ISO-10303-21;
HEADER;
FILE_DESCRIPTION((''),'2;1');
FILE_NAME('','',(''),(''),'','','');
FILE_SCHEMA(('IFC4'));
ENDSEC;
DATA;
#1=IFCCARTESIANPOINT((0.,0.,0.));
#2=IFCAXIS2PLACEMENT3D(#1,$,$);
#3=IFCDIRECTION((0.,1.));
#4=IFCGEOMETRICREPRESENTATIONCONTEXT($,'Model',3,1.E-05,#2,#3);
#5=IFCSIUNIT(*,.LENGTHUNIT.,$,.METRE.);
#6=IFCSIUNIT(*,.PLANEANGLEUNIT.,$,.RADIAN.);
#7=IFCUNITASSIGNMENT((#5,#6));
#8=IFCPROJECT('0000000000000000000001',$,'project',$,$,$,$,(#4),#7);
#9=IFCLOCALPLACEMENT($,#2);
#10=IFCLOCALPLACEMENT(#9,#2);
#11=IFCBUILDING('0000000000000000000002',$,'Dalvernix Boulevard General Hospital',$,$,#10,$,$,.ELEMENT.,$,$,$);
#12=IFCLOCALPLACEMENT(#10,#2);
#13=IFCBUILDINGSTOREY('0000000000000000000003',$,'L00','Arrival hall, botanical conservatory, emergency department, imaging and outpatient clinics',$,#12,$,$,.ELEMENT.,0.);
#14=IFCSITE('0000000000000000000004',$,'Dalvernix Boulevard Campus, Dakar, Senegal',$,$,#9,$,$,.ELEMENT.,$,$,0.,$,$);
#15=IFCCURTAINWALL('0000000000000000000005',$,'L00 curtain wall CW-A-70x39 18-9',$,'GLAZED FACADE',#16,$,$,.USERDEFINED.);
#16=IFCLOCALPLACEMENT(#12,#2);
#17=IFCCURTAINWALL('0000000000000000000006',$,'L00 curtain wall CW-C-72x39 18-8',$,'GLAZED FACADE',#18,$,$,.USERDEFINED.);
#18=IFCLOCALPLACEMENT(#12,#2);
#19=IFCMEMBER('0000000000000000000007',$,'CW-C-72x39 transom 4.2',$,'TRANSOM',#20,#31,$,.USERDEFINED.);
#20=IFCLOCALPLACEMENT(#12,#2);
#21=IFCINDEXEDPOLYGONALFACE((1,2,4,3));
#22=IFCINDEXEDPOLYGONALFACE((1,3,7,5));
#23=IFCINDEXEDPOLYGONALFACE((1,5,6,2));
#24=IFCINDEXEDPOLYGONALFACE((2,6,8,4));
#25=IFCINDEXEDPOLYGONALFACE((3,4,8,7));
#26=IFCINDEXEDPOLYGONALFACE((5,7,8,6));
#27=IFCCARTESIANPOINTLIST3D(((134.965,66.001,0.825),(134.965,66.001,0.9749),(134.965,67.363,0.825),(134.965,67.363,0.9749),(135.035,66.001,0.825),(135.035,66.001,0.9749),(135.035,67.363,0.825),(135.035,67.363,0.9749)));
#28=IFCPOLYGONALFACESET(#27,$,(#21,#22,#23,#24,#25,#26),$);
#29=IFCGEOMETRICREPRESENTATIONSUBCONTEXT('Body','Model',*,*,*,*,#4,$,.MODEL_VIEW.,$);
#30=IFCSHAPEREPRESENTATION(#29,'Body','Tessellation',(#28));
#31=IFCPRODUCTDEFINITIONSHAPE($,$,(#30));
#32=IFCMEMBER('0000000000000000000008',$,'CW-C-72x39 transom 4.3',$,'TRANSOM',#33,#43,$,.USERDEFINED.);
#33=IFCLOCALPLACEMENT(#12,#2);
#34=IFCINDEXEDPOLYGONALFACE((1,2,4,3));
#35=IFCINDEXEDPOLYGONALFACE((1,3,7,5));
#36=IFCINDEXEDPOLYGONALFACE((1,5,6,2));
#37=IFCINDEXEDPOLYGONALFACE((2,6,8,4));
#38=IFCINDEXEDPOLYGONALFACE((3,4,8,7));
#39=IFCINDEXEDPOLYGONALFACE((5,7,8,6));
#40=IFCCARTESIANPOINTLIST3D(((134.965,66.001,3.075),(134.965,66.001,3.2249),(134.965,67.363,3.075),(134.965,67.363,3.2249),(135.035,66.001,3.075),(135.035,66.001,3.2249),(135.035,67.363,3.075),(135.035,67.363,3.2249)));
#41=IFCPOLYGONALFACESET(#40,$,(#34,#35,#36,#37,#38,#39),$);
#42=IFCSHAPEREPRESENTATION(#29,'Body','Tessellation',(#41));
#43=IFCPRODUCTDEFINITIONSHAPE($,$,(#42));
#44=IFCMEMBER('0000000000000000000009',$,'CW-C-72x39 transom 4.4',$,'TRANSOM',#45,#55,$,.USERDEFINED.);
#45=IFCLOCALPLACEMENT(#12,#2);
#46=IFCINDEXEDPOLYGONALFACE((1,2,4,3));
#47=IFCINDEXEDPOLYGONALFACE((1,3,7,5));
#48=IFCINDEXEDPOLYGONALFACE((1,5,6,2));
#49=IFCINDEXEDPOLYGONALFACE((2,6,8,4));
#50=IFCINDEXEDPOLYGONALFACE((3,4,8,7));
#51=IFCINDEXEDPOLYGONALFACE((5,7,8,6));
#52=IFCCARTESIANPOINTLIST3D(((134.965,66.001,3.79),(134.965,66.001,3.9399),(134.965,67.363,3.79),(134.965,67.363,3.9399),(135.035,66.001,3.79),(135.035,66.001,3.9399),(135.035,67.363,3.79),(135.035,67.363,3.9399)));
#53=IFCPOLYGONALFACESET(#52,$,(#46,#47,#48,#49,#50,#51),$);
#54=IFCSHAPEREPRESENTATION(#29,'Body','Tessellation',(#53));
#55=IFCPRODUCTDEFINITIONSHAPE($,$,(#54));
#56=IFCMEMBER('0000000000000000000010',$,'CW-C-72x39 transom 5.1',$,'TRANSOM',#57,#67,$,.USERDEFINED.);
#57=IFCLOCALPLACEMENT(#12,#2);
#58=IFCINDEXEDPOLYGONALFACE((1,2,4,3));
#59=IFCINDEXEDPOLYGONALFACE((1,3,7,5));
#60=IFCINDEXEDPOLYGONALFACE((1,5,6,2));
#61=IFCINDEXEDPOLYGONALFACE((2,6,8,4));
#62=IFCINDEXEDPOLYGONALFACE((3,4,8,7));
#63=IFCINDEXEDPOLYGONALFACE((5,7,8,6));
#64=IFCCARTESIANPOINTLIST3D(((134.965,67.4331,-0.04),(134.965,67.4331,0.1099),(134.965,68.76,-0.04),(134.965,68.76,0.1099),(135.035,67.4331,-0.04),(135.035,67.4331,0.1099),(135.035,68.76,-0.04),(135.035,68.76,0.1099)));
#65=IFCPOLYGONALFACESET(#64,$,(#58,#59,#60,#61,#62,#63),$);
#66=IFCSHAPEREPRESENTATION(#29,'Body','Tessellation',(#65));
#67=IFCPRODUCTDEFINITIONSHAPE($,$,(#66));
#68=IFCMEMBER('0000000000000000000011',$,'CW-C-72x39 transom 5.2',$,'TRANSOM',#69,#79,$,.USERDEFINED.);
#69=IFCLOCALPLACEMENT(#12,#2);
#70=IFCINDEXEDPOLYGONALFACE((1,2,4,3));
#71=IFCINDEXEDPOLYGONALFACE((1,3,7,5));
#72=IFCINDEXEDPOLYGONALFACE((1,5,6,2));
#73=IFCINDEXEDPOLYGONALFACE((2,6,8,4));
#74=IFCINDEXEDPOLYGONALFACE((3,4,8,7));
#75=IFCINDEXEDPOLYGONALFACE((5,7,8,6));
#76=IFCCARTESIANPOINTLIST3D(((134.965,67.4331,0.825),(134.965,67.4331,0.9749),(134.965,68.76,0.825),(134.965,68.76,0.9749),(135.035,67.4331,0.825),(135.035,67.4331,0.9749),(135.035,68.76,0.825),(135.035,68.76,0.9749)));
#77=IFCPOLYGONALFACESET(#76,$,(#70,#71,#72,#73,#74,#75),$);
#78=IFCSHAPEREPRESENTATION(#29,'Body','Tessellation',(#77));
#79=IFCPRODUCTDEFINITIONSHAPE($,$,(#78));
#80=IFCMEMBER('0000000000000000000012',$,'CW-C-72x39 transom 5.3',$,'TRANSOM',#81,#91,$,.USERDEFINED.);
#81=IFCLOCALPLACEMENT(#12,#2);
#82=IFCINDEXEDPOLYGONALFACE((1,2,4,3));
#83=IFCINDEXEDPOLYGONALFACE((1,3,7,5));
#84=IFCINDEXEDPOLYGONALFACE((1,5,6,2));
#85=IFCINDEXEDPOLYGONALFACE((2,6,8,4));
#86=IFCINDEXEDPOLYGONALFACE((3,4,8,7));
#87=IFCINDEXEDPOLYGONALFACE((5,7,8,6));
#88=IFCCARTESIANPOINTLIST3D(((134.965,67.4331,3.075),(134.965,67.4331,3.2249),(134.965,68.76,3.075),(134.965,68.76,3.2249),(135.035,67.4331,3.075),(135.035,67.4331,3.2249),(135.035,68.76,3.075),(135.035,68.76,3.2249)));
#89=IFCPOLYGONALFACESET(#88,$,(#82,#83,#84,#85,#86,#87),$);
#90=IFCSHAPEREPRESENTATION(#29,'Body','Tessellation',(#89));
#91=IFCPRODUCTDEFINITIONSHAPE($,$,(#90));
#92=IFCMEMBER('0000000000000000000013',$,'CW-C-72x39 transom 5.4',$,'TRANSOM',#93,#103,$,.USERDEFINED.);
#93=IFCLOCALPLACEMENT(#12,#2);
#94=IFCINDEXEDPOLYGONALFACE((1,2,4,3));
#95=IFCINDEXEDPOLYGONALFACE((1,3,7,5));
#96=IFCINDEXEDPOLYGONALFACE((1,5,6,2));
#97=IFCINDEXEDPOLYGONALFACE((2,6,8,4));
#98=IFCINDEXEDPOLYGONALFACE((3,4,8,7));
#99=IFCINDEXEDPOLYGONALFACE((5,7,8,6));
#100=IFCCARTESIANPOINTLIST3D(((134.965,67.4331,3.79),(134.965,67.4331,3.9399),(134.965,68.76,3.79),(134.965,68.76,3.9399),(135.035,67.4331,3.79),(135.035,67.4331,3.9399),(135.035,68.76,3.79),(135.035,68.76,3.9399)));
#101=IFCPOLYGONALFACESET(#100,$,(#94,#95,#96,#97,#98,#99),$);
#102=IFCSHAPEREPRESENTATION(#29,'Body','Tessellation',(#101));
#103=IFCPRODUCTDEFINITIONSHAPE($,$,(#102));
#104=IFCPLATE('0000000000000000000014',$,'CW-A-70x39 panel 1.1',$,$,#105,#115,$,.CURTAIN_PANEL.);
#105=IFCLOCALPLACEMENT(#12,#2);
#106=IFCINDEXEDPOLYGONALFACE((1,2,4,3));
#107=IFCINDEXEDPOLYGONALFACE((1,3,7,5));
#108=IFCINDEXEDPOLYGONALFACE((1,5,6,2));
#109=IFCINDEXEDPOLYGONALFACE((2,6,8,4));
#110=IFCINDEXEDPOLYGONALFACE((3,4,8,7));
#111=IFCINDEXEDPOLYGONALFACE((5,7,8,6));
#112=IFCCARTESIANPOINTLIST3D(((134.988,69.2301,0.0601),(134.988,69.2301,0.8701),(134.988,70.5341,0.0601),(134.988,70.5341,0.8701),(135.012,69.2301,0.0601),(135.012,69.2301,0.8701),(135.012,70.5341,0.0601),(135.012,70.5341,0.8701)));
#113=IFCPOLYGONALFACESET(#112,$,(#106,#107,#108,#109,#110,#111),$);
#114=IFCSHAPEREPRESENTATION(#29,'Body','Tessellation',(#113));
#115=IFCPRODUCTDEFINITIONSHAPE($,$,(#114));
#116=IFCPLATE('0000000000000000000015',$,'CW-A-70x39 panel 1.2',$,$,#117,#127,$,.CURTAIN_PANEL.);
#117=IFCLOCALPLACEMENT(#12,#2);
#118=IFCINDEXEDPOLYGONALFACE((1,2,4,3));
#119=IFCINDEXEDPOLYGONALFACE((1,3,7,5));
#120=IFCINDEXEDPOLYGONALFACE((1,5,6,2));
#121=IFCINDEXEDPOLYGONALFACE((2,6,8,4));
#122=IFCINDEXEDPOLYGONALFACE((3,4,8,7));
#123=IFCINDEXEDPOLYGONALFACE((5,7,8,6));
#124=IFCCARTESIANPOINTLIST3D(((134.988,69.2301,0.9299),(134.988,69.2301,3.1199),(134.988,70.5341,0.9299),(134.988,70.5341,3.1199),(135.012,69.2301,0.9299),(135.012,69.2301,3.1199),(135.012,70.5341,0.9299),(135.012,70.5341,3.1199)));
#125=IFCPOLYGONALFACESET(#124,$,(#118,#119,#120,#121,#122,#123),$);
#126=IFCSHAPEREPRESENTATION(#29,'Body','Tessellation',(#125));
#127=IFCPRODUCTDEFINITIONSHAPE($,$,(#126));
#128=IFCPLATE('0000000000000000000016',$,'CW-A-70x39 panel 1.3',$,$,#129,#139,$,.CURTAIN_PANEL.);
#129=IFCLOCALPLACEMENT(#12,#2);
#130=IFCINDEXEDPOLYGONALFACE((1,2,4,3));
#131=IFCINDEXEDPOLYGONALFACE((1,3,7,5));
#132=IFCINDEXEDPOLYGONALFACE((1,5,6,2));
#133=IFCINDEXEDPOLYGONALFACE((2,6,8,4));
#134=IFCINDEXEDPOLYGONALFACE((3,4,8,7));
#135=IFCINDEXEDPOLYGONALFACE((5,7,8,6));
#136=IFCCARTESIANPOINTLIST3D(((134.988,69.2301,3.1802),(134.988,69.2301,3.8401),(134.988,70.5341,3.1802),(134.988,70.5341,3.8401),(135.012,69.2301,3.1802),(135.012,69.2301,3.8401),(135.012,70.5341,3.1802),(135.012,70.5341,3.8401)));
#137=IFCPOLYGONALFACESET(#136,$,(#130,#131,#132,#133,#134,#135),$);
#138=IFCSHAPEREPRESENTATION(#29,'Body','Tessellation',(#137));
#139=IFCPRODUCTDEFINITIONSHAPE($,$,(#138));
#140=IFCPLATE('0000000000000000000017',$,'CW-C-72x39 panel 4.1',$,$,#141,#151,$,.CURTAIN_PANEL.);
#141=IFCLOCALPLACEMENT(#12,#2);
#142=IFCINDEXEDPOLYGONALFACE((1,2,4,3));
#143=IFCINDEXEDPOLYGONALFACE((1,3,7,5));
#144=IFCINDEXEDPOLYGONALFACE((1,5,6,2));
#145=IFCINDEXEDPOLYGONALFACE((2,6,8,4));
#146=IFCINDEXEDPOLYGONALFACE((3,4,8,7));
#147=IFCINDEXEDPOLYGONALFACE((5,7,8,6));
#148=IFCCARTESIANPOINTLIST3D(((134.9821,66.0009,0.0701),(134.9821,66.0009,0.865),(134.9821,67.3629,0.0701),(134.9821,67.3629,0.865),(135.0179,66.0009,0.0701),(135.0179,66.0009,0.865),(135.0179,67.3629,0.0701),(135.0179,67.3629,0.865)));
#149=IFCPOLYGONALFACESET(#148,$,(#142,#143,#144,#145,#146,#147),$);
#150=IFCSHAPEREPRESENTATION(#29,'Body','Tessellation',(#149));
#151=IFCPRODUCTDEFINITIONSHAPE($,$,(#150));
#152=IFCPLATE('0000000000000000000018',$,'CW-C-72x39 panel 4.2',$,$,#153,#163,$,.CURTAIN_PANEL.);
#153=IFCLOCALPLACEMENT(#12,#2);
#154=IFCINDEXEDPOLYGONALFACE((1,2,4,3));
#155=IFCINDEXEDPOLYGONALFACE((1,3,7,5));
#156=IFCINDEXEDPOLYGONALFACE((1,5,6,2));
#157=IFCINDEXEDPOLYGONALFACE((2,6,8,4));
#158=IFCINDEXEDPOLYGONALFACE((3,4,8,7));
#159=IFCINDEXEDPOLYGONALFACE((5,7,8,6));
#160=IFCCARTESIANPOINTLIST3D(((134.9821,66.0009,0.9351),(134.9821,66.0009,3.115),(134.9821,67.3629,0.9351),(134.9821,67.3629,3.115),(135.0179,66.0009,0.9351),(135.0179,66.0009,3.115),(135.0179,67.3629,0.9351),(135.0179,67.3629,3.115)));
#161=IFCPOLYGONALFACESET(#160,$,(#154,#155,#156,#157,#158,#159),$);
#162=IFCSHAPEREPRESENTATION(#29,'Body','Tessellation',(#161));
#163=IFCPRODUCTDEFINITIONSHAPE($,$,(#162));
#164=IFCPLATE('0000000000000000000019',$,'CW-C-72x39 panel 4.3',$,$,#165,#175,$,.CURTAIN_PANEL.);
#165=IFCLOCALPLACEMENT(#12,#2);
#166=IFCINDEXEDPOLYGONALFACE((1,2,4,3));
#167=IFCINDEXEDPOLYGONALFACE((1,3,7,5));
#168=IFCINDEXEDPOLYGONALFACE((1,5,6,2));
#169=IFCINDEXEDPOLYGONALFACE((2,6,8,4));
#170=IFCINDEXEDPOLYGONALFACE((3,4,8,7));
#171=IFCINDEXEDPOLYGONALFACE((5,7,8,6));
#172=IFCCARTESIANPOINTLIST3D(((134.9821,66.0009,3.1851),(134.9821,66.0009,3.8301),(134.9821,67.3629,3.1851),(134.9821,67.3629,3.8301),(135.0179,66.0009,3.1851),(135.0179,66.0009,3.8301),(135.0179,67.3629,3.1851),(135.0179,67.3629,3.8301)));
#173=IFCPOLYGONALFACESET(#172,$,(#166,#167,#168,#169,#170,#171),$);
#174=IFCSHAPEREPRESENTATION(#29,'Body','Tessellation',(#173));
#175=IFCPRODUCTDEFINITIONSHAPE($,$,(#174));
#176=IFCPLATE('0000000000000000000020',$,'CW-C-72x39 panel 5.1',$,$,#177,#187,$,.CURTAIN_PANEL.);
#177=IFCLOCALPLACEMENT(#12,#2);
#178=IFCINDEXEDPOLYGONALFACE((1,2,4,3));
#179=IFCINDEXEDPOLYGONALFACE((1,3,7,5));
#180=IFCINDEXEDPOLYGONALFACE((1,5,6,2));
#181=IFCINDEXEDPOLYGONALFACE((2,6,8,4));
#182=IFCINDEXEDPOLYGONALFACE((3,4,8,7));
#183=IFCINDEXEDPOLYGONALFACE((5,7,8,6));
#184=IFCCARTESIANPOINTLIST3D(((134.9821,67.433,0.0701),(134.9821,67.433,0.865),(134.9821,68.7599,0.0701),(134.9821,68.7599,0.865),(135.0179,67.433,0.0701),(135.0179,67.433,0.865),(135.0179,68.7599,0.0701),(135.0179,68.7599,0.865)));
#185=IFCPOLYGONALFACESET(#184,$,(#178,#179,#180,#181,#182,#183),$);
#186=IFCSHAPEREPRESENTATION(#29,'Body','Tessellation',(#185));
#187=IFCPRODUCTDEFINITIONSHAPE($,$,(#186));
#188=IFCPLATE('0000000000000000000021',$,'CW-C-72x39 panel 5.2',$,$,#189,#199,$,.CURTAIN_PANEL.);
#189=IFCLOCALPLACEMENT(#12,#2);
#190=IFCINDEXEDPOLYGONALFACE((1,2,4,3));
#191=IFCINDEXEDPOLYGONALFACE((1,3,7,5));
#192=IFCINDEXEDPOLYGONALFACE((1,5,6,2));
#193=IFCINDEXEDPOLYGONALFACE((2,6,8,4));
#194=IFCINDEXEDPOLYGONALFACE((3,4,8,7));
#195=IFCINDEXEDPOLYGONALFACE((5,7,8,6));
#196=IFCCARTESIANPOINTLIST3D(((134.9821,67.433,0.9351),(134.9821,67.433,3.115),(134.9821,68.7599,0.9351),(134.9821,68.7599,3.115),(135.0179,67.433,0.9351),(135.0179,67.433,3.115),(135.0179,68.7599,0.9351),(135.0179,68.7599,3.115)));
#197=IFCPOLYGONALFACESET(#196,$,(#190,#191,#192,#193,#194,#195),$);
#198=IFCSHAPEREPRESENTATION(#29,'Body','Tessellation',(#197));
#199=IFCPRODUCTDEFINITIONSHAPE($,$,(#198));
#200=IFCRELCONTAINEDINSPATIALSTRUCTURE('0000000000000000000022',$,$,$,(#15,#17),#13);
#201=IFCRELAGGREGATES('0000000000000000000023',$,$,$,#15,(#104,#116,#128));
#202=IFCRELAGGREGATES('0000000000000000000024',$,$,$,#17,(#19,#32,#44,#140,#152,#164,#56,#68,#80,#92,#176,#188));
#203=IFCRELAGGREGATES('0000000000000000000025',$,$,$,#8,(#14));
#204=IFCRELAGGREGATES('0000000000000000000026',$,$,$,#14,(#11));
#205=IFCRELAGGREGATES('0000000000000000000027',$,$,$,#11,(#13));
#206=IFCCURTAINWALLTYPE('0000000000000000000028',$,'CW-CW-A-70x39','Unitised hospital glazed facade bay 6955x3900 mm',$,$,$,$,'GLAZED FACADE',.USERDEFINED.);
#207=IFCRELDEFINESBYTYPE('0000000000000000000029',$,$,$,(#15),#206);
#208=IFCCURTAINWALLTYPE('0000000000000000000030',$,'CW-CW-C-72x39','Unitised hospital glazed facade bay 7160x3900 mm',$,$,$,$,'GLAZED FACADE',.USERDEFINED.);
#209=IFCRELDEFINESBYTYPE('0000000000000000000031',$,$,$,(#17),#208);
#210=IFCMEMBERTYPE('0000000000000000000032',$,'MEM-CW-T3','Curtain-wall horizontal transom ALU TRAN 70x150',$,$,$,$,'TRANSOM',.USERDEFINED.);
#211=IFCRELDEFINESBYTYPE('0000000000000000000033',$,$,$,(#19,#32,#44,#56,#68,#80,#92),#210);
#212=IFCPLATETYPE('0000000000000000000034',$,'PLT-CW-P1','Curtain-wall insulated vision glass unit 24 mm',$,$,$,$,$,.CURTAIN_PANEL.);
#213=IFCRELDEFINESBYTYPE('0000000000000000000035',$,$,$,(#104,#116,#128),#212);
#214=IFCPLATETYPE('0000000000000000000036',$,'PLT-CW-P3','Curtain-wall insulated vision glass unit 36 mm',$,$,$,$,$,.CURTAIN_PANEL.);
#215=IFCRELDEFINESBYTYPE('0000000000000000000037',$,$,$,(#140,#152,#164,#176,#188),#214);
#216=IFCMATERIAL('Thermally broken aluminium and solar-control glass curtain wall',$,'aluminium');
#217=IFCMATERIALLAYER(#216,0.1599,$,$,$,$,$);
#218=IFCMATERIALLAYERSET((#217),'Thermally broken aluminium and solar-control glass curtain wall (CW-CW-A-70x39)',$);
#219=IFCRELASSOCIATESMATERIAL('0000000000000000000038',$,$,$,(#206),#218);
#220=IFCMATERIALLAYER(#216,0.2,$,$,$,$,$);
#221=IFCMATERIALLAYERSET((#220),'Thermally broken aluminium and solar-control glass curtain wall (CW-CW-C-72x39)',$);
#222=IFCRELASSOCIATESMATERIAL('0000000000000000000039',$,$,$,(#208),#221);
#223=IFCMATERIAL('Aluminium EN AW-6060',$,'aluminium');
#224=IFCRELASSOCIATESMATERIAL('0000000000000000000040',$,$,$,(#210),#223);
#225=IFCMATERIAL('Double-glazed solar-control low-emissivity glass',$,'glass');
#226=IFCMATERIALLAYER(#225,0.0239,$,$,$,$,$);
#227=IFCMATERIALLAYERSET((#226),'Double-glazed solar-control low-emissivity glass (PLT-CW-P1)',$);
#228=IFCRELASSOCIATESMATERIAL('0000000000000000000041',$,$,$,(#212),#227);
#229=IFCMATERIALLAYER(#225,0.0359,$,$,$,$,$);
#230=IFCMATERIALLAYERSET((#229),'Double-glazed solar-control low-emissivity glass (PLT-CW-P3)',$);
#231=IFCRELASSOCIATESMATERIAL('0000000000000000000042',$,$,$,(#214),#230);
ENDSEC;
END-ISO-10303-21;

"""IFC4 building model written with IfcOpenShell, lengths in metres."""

from ifc_helpers import new_model, si_unit, direction, frame, origin, origin_2d, place, context, subcontext, project, spatial, rectangle, extrude, material, layer, layer_set, material_profile, profile_set, type_object, element, aggregate, save


model = new_model("IFC4")

# Units and contexts
model_context = context("Model", 3, precision=1e-05, world=origin(), true_north=direction((0.0, 1.0)))
body_context = subcontext(model_context, "Body", "Model", "MODEL_VIEW")
ifc_project = project(units=[si_unit("LENGTHUNIT", "METRE"), si_unit("PLANEANGLEUNIT", "RADIAN")], contexts=[model_context])

# Site, building, storey
site_placement = place(None, origin())
site = spatial("IfcSite", under=ifc_project, at=site_placement, Name="Dalvernix Boulevard Campus, Dakar, Senegal", CompositionType="ELEMENT", RefElevation=0.0)
building_placement = place(site_placement, origin())
building = spatial("IfcBuilding", under=site, at=building_placement, Name="Dalvernix Boulevard General Hospital", CompositionType="ELEMENT")
storey_placement = place(building_placement, origin())
storey = spatial("IfcBuildingStorey", under=building, at=storey_placement, Name="L00", Description="Arrival hall, botanical conservatory, emergency department, imaging and outpatient clinics", CompositionType="ELEMENT", Elevation=0.0)

# Curtain walls
ifc_material_1 = material(Name="Thermally broken aluminium and solar-control glass curtain wall", Category="aluminium")
ifc_layer_1 = layer(ifc_material_1, 0.1599)
ifc_layer_set_1 = layer_set([ifc_layer_1], Name="Thermally broken aluminium and solar-control glass curtain wall (CW-CW-A-70x39)")
curtain_wall_type_1 = type_object("IfcCurtainWallType", Name="CW-CW-A-70x39", Description="Unitised hospital glazed facade bay 6955x3900 mm", ElementType="GLAZED FACADE", PredefinedType="USERDEFINED", material=ifc_layer_set_1)
curtain_wall_1_placement = place(storey_placement, origin())
curtain_wall_1 = element("IfcCurtainWall", 1, at=curtain_wall_1_placement, inside=storey, type_object=curtain_wall_type_1, Name="L00 curtain wall CW-A-70x39 18-9", ObjectType="GLAZED FACADE", PredefinedType="USERDEFINED")
ifc_material_2 = material(Name="Aluminium EN AW-6060", Category="aluminium")
ifc_layer_2 = layer(ifc_material_1, 0.2)
ifc_layer_set_2 = layer_set([ifc_layer_2], Name="Thermally broken aluminium and solar-control glass curtain wall (CW-CW-C-72x39)")
curtain_wall_type_2 = type_object("IfcCurtainWallType", Name="CW-CW-C-72x39", Description="Unitised hospital glazed facade bay 7160x3900 mm", ElementType="GLAZED FACADE", PredefinedType="USERDEFINED", material=ifc_layer_set_2)
curtain_wall_2_placement = place(storey_placement, origin())
curtain_wall_2 = element("IfcCurtainWall", 2, at=curtain_wall_2_placement, inside=storey, type_object=curtain_wall_type_2, Name="L00 curtain wall CW-C-72x39 18-8", ObjectType="GLAZED FACADE", PredefinedType="USERDEFINED")

# Members
ifc_material_profile_1 = material_profile(ifc_material_2, rectangle(XDim=0.0701, YDim=0.1499, at=origin_2d()), Name="ALU TRAN 70x150")
ifc_profile_set_1 = profile_set([ifc_material_profile_1], Name="Aluminium EN AW-6060")
member_type_1 = type_object("IfcMemberType", Name="MEM-CW-T3", Description="Curtain-wall horizontal transom ALU TRAN 70x150", ElementType="TRANSOM", PredefinedType="USERDEFINED", material=ifc_profile_set_1)
member_1_placement = place(storey_placement, frame((135.0, 66.001, 0.8999), z_axis=(0.0, 1.0, 0.0), x_axis=(-1.0, 0.0, 0.0)))
member_1 = element("IfcMember", 3, at=member_1_placement, type_object=member_type_1, Name="CW-C-72x39 transom 4.2", ObjectType="TRANSOM", PredefinedType="USERDEFINED", context=body_context, shape_type="SweptSolid", body=[
    extrude(rectangle(XDim=0.0701, YDim=0.1499, at=origin_2d()), origin(), (0.0, 0.0, 1.0), 1.3621),
])
member_2_placement = place(storey_placement, frame((135.0, 66.001, 3.1499), z_axis=(0.0, 1.0, 0.0), x_axis=(-1.0, 0.0, 0.0)))
member_2 = element("IfcMember", 4, at=member_2_placement, type_object=member_type_1, Name="CW-C-72x39 transom 4.3", ObjectType="TRANSOM", PredefinedType="USERDEFINED", context=body_context, shape_type="SweptSolid", body=[
    extrude(rectangle(XDim=0.0701, YDim=0.1499, at=origin_2d()), origin(), (0.0, 0.0, 1.0), 1.3621),
])
member_3_placement = place(storey_placement, frame((135.0, 66.001, 3.865), z_axis=(0.0, 1.0, 0.0), x_axis=(-1.0, 0.0, 0.0)))
member_3 = element("IfcMember", 5, at=member_3_placement, type_object=member_type_1, Name="CW-C-72x39 transom 4.4", ObjectType="TRANSOM", PredefinedType="USERDEFINED", context=body_context, shape_type="SweptSolid", body=[
    extrude(rectangle(XDim=0.0701, YDim=0.1499, at=origin_2d()), origin(), (0.0, 0.0, 1.0), 1.3621),
])
member_4_placement = place(storey_placement, frame((135.0, 67.4331, 0.0349), z_axis=(0.0, 1.0, 0.0), x_axis=(-1.0, 0.0, 0.0)))
member_4 = element("IfcMember", 6, at=member_4_placement, type_object=member_type_1, Name="CW-C-72x39 transom 5.1", ObjectType="TRANSOM", PredefinedType="USERDEFINED", context=body_context, shape_type="SweptSolid", body=[
    extrude(rectangle(XDim=0.0701, YDim=0.1499, at=origin_2d()), origin(), (0.0, 0.0, 1.0), 1.3269),
])
member_5_placement = place(storey_placement, frame((135.0, 67.4331, 0.8999), z_axis=(0.0, 1.0, 0.0), x_axis=(-1.0, 0.0, 0.0)))
member_5 = element("IfcMember", 7, at=member_5_placement, type_object=member_type_1, Name="CW-C-72x39 transom 5.2", ObjectType="TRANSOM", PredefinedType="USERDEFINED", context=body_context, shape_type="SweptSolid", body=[
    extrude(rectangle(XDim=0.0701, YDim=0.1499, at=origin_2d()), origin(), (0.0, 0.0, 1.0), 1.3269),
])
member_6_placement = place(storey_placement, frame((135.0, 67.4331, 3.1499), z_axis=(0.0, 1.0, 0.0), x_axis=(-1.0, 0.0, 0.0)))
member_6 = element("IfcMember", 8, at=member_6_placement, type_object=member_type_1, Name="CW-C-72x39 transom 5.3", ObjectType="TRANSOM", PredefinedType="USERDEFINED", context=body_context, shape_type="SweptSolid", body=[
    extrude(rectangle(XDim=0.0701, YDim=0.1499, at=origin_2d()), origin(), (0.0, 0.0, 1.0), 1.3269),
])
member_7_placement = place(storey_placement, frame((135.0, 67.4331, 3.865), z_axis=(0.0, 1.0, 0.0), x_axis=(-1.0, 0.0, 0.0)))
member_7 = element("IfcMember", 9, at=member_7_placement, type_object=member_type_1, Name="CW-C-72x39 transom 5.4", ObjectType="TRANSOM", PredefinedType="USERDEFINED", context=body_context, shape_type="SweptSolid", body=[
    extrude(rectangle(XDim=0.0701, YDim=0.1499, at=origin_2d()), origin(), (0.0, 0.0, 1.0), 1.3269),
])

# Plates
ifc_material_3 = material(Name="Double-glazed solar-control low-emissivity glass", Category="glass")
ifc_layer_3 = layer(ifc_material_3, 0.0239)
ifc_layer_set_3 = layer_set([ifc_layer_3], Name="Double-glazed solar-control low-emissivity glass (PLT-CW-P1)")
plate_type_1 = type_object("IfcPlateType", Name="PLT-CW-P1", Description="Curtain-wall insulated vision glass unit 24 mm", PredefinedType="CURTAIN_PANEL", material=ifc_layer_set_3)
plate_1_placement = place(storey_placement, frame((135.0, 69.8821, 0.0601), z_axis=(0.0, 0.0, 1.0), x_axis=(0.0, 1.0, 0.0)))
plate_1 = element("IfcPlate", 10, at=plate_1_placement, type_object=plate_type_1, Name="CW-A-70x39 panel 1.1", PredefinedType="CURTAIN_PANEL", context=body_context, shape_type="SweptSolid", body=[
    extrude(rectangle(XDim=1.304, YDim=0.0239, at=origin_2d()), origin(), (0.0, 0.0, 1.0), 0.8101),
])
plate_2_placement = place(storey_placement, frame((135.0, 69.8821, 0.9299), z_axis=(0.0, 0.0, 1.0), x_axis=(0.0, 1.0, 0.0)))
plate_2 = element("IfcPlate", 11, at=plate_2_placement, type_object=plate_type_1, Name="CW-A-70x39 panel 1.2", PredefinedType="CURTAIN_PANEL", context=body_context, shape_type="SweptSolid", body=[
    extrude(rectangle(XDim=1.304, YDim=0.0239, at=origin_2d()), origin(), (0.0, 0.0, 1.0), 2.1899),
])
plate_3_placement = place(storey_placement, frame((135.0, 69.8821, 3.1802), z_axis=(0.0, 0.0, 1.0), x_axis=(0.0, 1.0, 0.0)))
plate_3 = element("IfcPlate", 12, at=plate_3_placement, type_object=plate_type_1, Name="CW-A-70x39 panel 1.3", PredefinedType="CURTAIN_PANEL", context=body_context, shape_type="SweptSolid", body=[
    extrude(rectangle(XDim=1.304, YDim=0.0239, at=origin_2d()), origin(), (0.0, 0.0, 1.0), 0.6599),
])
aggregate(curtain_wall_1, [plate_1, plate_2, plate_3])
ifc_layer_4 = layer(ifc_material_3, 0.0359)
ifc_layer_set_4 = layer_set([ifc_layer_4], Name="Double-glazed solar-control low-emissivity glass (PLT-CW-P3)")
plate_type_2 = type_object("IfcPlateType", Name="PLT-CW-P3", Description="Curtain-wall insulated vision glass unit 36 mm", PredefinedType="CURTAIN_PANEL", material=ifc_layer_set_4)
plate_4_placement = place(storey_placement, frame((135.0, 66.6819, 0.0701), z_axis=(0.0, 0.0, 1.0), x_axis=(0.0, 1.0, 0.0)))
plate_4 = element("IfcPlate", 13, at=plate_4_placement, type_object=plate_type_2, Name="CW-C-72x39 panel 4.1", PredefinedType="CURTAIN_PANEL", context=body_context, shape_type="SweptSolid", body=[
    extrude(rectangle(XDim=1.3621, YDim=0.0359, at=origin_2d()), origin(), (0.0, 0.0, 1.0), 0.7949),
])
plate_5_placement = place(storey_placement, frame((135.0, 66.6819, 0.9351), z_axis=(0.0, 0.0, 1.0), x_axis=(0.0, 1.0, 0.0)))
plate_5 = element("IfcPlate", 14, at=plate_5_placement, type_object=plate_type_2, Name="CW-C-72x39 panel 4.2", PredefinedType="CURTAIN_PANEL", context=body_context, shape_type="SweptSolid", body=[
    extrude(rectangle(XDim=1.3621, YDim=0.0359, at=origin_2d()), origin(), (0.0, 0.0, 1.0), 2.1799),
])
plate_6_placement = place(storey_placement, frame((135.0, 66.6819, 3.1851), z_axis=(0.0, 0.0, 1.0), x_axis=(0.0, 1.0, 0.0)))
plate_6 = element("IfcPlate", 15, at=plate_6_placement, type_object=plate_type_2, Name="CW-C-72x39 panel 4.3", PredefinedType="CURTAIN_PANEL", context=body_context, shape_type="SweptSolid", body=[
    extrude(rectangle(XDim=1.3621, YDim=0.0359, at=origin_2d()), origin(), (0.0, 0.0, 1.0), 0.645),
])
plate_7_placement = place(storey_placement, frame((135.0, 68.0964, 0.0701), z_axis=(0.0, 0.0, 1.0), x_axis=(0.0, 1.0, 0.0)))
plate_7 = element("IfcPlate", 16, at=plate_7_placement, type_object=plate_type_2, Name="CW-C-72x39 panel 5.1", PredefinedType="CURTAIN_PANEL", context=body_context, shape_type="SweptSolid", body=[
    extrude(rectangle(XDim=1.3269, YDim=0.0359, at=origin_2d()), origin(), (0.0, 0.0, 1.0), 0.7949),
])
plate_8_placement = place(storey_placement, frame((135.0, 68.0964, 0.9351), z_axis=(0.0, 0.0, 1.0), x_axis=(0.0, 1.0, 0.0)))
plate_8 = element("IfcPlate", 17, at=plate_8_placement, type_object=plate_type_2, Name="CW-C-72x39 panel 5.2", PredefinedType="CURTAIN_PANEL", context=body_context, shape_type="SweptSolid", body=[
    extrude(rectangle(XDim=1.3269, YDim=0.0359, at=origin_2d()), origin(), (0.0, 0.0, 1.0), 2.1799),
])
aggregate(curtain_wall_2, [member_1, member_2, member_3, plate_4, plate_5, plate_6, member_4, member_5, member_6, member_7, plate_7, plate_8])

save(model, "model.ifc")
